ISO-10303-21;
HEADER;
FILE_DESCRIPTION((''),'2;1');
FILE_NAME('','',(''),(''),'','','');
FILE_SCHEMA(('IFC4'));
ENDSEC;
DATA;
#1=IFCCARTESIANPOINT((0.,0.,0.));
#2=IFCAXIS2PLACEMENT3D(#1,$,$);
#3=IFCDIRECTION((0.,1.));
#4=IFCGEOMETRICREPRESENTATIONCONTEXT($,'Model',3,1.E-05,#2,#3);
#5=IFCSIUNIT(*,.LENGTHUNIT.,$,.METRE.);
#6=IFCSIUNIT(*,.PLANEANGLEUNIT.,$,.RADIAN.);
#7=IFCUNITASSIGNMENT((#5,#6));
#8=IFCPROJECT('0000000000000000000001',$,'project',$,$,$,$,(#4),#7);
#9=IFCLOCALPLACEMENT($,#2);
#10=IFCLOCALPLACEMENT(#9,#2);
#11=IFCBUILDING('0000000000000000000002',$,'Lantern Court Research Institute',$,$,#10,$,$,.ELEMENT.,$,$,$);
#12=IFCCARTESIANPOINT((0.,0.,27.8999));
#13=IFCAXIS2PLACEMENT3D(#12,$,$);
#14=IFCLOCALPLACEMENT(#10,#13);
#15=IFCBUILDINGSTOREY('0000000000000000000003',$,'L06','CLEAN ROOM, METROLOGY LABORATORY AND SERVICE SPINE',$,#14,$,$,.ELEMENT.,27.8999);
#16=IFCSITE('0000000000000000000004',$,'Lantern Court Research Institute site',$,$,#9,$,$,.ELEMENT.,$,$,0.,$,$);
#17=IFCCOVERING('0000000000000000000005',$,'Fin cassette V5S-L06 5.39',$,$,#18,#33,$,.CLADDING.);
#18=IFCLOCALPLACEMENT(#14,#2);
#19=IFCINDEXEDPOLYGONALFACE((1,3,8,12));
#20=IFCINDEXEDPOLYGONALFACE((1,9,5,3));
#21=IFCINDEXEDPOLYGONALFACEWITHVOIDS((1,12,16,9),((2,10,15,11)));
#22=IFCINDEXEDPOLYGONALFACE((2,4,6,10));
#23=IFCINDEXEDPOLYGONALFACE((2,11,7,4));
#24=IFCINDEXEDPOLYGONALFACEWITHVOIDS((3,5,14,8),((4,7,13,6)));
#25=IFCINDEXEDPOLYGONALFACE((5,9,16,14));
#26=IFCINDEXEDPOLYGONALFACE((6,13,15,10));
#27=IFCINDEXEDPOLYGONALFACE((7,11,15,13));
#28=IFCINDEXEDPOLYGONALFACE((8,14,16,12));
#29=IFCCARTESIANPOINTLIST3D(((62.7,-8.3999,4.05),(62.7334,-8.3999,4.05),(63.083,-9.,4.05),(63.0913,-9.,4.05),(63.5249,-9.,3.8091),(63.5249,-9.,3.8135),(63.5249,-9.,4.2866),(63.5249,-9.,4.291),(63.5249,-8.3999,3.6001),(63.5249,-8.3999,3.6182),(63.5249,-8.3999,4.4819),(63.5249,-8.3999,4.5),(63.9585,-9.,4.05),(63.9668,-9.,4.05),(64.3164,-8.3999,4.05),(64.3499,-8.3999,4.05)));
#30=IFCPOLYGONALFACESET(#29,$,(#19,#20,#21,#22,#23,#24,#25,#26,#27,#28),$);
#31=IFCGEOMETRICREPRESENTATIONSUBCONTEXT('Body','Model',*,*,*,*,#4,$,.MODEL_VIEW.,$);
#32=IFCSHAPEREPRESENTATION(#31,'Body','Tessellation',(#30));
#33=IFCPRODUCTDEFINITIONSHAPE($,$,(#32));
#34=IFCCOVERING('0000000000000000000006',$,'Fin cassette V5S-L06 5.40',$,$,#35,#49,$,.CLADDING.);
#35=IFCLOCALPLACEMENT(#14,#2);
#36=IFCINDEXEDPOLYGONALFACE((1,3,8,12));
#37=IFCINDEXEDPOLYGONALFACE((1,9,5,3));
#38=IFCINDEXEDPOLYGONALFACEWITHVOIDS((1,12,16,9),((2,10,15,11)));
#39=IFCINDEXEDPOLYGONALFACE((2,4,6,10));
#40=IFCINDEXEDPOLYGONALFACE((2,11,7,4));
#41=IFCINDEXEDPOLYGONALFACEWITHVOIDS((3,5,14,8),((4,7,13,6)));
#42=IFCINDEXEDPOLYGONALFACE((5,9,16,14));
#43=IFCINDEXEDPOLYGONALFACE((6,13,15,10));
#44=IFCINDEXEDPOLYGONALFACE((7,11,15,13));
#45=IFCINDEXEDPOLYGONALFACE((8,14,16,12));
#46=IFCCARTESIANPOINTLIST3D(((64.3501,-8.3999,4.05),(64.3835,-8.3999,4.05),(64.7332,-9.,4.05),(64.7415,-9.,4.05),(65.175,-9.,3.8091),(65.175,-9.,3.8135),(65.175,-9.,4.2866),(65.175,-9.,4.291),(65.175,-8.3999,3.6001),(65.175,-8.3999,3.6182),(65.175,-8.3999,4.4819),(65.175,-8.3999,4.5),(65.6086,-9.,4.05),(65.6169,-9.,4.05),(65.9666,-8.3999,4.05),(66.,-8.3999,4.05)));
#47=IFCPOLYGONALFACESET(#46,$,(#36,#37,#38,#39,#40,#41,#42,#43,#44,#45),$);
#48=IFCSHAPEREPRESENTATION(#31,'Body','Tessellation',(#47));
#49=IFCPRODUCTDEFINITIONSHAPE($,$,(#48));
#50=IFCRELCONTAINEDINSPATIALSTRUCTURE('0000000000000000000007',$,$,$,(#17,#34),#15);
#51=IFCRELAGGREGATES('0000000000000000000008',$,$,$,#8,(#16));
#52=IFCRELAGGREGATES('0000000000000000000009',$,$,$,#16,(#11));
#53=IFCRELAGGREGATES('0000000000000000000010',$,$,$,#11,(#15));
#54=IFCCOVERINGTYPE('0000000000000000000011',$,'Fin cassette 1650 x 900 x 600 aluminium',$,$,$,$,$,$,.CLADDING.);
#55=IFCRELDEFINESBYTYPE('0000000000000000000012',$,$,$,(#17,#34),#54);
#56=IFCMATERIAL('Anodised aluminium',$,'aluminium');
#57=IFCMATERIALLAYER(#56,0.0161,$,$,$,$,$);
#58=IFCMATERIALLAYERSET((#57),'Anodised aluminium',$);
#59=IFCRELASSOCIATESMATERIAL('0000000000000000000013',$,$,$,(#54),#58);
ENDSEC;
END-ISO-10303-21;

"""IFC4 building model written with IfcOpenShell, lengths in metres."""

from ifc_helpers import new_model, entity, si_unit, direction, frame, origin, place, context, subcontext, project, spatial, material, layer, layer_set, type_object, element, save


model = new_model("IFC4")

# Units and contexts
model_context = context("Model", 3, precision=1e-05, world=origin(), true_north=direction((0.0, 1.0)))
body_context = subcontext(model_context, "Body", "Model", "MODEL_VIEW")
ifc_project = project(units=[si_unit("LENGTHUNIT", "METRE"), si_unit("PLANEANGLEUNIT", "RADIAN")], contexts=[model_context])

# Site, building, storey
site_placement = place(None, origin())
site = spatial("IfcSite", under=ifc_project, at=site_placement, Name="Lantern Court Research Institute site", CompositionType="ELEMENT", RefElevation=0.0)
building_placement = place(site_placement, origin())
building = spatial("IfcBuilding", under=site, at=building_placement, Name="Lantern Court Research Institute", CompositionType="ELEMENT")
storey_placement = place(building_placement, frame((0.0, 0.0, 27.8999)))
storey = spatial("IfcBuildingStorey", under=building, at=storey_placement, Name="L06", Description="CLEAN ROOM, METROLOGY LABORATORY AND SERVICE SPINE", CompositionType="ELEMENT", Elevation=27.8999)

# Coverings
ifc_material_1 = material(Name="Anodised aluminium", Category="aluminium")
ifc_layer_1 = layer(ifc_material_1, 0.0161)
ifc_layer_set_1 = layer_set([ifc_layer_1], Name="Anodised aluminium")
covering_type = type_object("IfcCoveringType", Name="Fin cassette 1650 x 900 x 600 aluminium", PredefinedType="CLADDING", material=ifc_layer_set_1)
covering_1_placement = place(storey_placement, frame((63.5249, -8.3999, 4.05), z_axis=(0.0, -1.0, 0.0), x_axis=(1.0, 0.0, 0.0)))
cartesian_point_1 = entity("IfcCartesianPoint", [0.825, 0.0])
cartesian_point_2 = entity("IfcCartesianPoint", [0.7915, 0.0])
cartesian_point_3 = entity("IfcCartesianPoint", [0.4419, 0.0])
cartesian_point_4 = entity("IfcCartesianPoint", [0.4336, 0.0])
element("IfcCovering", 1, at=covering_1_placement, inside=storey, type_object=covering_type, Name="Fin cassette V5S-L06 5.39", PredefinedType="CLADDING", context=body_context, shape_type="SweptSolid", body=[
    entity("IfcExtrudedAreaSolidTapered", entity("IfcArbitraryProfileDefWithVoids", "AREA", None, entity("IfcPolyline", [cartesian_point_1, entity("IfcCartesianPoint", [0.0, 0.45]), entity("IfcCartesianPoint", [-0.825, 0.0]), entity("IfcCartesianPoint", [0.0, -0.45]), cartesian_point_1]), [entity("IfcPolyline", [cartesian_point_2, entity("IfcCartesianPoint", [0.0, 0.4319]), entity("IfcCartesianPoint", [-0.7915, 0.0]), entity("IfcCartesianPoint", [0.0, -0.4319]), cartesian_point_2])]), entity("IfcAxis2Placement3D", entity("IfcCartesianPoint", [0.0, 0.0, 0.0])), entity("IfcDirection", [0.0, 0.0, 1.0]), 0.6001, entity("IfcArbitraryProfileDefWithVoids", "AREA", None, entity("IfcPolyline", [cartesian_point_3, entity("IfcCartesianPoint", [0.0, 0.241]), entity("IfcCartesianPoint", [-0.4419, 0.0]), entity("IfcCartesianPoint", [0.0, -0.241]), cartesian_point_3]), [entity("IfcPolyline", [cartesian_point_4, entity("IfcCartesianPoint", [0.0, 0.2366]), entity("IfcCartesianPoint", [-0.4336, 0.0]), entity("IfcCartesianPoint", [0.0, -0.2366]), cartesian_point_4])])),
])
covering_2_placement = place(storey_placement, frame((65.175, -8.3999, 4.05), z_axis=(0.0, -1.0, 0.0), x_axis=(1.0, 0.0, 0.0)))
cartesian_point_5 = entity("IfcCartesianPoint", [0.825, 0.0])
cartesian_point_6 = entity("IfcCartesianPoint", [0.7915, 0.0])
cartesian_point_7 = entity("IfcCartesianPoint", [0.4419, 0.0])
cartesian_point_8 = entity("IfcCartesianPoint", [0.4336, 0.0])
element("IfcCovering", 2, at=covering_2_placement, inside=storey, type_object=covering_type, Name="Fin cassette V5S-L06 5.40", PredefinedType="CLADDING", context=body_context, shape_type="SweptSolid", body=[
    entity("IfcExtrudedAreaSolidTapered", entity("IfcArbitraryProfileDefWithVoids", "AREA", None, entity("IfcPolyline", [cartesian_point_5, entity("IfcCartesianPoint", [0.0, 0.45]), entity("IfcCartesianPoint", [-0.825, 0.0]), entity("IfcCartesianPoint", [0.0, -0.45]), cartesian_point_5]), [entity("IfcPolyline", [cartesian_point_6, entity("IfcCartesianPoint", [0.0, 0.4319]), entity("IfcCartesianPoint", [-0.7915, 0.0]), entity("IfcCartesianPoint", [0.0, -0.4319]), cartesian_point_6])]), entity("IfcAxis2Placement3D", entity("IfcCartesianPoint", [0.0, 0.0, 0.0])), entity("IfcDirection", [0.0, 0.0, 1.0]), 0.6001, entity("IfcArbitraryProfileDefWithVoids", "AREA", None, entity("IfcPolyline", [cartesian_point_7, entity("IfcCartesianPoint", [0.0, 0.241]), entity("IfcCartesianPoint", [-0.4419, 0.0]), entity("IfcCartesianPoint", [0.0, -0.241]), cartesian_point_7]), [entity("IfcPolyline", [cartesian_point_8, entity("IfcCartesianPoint", [0.0, 0.2366]), entity("IfcCartesianPoint", [-0.4336, 0.0]), entity("IfcCartesianPoint", [0.0, -0.2366]), cartesian_point_8])])),
])

save(model, "model.ifc")
